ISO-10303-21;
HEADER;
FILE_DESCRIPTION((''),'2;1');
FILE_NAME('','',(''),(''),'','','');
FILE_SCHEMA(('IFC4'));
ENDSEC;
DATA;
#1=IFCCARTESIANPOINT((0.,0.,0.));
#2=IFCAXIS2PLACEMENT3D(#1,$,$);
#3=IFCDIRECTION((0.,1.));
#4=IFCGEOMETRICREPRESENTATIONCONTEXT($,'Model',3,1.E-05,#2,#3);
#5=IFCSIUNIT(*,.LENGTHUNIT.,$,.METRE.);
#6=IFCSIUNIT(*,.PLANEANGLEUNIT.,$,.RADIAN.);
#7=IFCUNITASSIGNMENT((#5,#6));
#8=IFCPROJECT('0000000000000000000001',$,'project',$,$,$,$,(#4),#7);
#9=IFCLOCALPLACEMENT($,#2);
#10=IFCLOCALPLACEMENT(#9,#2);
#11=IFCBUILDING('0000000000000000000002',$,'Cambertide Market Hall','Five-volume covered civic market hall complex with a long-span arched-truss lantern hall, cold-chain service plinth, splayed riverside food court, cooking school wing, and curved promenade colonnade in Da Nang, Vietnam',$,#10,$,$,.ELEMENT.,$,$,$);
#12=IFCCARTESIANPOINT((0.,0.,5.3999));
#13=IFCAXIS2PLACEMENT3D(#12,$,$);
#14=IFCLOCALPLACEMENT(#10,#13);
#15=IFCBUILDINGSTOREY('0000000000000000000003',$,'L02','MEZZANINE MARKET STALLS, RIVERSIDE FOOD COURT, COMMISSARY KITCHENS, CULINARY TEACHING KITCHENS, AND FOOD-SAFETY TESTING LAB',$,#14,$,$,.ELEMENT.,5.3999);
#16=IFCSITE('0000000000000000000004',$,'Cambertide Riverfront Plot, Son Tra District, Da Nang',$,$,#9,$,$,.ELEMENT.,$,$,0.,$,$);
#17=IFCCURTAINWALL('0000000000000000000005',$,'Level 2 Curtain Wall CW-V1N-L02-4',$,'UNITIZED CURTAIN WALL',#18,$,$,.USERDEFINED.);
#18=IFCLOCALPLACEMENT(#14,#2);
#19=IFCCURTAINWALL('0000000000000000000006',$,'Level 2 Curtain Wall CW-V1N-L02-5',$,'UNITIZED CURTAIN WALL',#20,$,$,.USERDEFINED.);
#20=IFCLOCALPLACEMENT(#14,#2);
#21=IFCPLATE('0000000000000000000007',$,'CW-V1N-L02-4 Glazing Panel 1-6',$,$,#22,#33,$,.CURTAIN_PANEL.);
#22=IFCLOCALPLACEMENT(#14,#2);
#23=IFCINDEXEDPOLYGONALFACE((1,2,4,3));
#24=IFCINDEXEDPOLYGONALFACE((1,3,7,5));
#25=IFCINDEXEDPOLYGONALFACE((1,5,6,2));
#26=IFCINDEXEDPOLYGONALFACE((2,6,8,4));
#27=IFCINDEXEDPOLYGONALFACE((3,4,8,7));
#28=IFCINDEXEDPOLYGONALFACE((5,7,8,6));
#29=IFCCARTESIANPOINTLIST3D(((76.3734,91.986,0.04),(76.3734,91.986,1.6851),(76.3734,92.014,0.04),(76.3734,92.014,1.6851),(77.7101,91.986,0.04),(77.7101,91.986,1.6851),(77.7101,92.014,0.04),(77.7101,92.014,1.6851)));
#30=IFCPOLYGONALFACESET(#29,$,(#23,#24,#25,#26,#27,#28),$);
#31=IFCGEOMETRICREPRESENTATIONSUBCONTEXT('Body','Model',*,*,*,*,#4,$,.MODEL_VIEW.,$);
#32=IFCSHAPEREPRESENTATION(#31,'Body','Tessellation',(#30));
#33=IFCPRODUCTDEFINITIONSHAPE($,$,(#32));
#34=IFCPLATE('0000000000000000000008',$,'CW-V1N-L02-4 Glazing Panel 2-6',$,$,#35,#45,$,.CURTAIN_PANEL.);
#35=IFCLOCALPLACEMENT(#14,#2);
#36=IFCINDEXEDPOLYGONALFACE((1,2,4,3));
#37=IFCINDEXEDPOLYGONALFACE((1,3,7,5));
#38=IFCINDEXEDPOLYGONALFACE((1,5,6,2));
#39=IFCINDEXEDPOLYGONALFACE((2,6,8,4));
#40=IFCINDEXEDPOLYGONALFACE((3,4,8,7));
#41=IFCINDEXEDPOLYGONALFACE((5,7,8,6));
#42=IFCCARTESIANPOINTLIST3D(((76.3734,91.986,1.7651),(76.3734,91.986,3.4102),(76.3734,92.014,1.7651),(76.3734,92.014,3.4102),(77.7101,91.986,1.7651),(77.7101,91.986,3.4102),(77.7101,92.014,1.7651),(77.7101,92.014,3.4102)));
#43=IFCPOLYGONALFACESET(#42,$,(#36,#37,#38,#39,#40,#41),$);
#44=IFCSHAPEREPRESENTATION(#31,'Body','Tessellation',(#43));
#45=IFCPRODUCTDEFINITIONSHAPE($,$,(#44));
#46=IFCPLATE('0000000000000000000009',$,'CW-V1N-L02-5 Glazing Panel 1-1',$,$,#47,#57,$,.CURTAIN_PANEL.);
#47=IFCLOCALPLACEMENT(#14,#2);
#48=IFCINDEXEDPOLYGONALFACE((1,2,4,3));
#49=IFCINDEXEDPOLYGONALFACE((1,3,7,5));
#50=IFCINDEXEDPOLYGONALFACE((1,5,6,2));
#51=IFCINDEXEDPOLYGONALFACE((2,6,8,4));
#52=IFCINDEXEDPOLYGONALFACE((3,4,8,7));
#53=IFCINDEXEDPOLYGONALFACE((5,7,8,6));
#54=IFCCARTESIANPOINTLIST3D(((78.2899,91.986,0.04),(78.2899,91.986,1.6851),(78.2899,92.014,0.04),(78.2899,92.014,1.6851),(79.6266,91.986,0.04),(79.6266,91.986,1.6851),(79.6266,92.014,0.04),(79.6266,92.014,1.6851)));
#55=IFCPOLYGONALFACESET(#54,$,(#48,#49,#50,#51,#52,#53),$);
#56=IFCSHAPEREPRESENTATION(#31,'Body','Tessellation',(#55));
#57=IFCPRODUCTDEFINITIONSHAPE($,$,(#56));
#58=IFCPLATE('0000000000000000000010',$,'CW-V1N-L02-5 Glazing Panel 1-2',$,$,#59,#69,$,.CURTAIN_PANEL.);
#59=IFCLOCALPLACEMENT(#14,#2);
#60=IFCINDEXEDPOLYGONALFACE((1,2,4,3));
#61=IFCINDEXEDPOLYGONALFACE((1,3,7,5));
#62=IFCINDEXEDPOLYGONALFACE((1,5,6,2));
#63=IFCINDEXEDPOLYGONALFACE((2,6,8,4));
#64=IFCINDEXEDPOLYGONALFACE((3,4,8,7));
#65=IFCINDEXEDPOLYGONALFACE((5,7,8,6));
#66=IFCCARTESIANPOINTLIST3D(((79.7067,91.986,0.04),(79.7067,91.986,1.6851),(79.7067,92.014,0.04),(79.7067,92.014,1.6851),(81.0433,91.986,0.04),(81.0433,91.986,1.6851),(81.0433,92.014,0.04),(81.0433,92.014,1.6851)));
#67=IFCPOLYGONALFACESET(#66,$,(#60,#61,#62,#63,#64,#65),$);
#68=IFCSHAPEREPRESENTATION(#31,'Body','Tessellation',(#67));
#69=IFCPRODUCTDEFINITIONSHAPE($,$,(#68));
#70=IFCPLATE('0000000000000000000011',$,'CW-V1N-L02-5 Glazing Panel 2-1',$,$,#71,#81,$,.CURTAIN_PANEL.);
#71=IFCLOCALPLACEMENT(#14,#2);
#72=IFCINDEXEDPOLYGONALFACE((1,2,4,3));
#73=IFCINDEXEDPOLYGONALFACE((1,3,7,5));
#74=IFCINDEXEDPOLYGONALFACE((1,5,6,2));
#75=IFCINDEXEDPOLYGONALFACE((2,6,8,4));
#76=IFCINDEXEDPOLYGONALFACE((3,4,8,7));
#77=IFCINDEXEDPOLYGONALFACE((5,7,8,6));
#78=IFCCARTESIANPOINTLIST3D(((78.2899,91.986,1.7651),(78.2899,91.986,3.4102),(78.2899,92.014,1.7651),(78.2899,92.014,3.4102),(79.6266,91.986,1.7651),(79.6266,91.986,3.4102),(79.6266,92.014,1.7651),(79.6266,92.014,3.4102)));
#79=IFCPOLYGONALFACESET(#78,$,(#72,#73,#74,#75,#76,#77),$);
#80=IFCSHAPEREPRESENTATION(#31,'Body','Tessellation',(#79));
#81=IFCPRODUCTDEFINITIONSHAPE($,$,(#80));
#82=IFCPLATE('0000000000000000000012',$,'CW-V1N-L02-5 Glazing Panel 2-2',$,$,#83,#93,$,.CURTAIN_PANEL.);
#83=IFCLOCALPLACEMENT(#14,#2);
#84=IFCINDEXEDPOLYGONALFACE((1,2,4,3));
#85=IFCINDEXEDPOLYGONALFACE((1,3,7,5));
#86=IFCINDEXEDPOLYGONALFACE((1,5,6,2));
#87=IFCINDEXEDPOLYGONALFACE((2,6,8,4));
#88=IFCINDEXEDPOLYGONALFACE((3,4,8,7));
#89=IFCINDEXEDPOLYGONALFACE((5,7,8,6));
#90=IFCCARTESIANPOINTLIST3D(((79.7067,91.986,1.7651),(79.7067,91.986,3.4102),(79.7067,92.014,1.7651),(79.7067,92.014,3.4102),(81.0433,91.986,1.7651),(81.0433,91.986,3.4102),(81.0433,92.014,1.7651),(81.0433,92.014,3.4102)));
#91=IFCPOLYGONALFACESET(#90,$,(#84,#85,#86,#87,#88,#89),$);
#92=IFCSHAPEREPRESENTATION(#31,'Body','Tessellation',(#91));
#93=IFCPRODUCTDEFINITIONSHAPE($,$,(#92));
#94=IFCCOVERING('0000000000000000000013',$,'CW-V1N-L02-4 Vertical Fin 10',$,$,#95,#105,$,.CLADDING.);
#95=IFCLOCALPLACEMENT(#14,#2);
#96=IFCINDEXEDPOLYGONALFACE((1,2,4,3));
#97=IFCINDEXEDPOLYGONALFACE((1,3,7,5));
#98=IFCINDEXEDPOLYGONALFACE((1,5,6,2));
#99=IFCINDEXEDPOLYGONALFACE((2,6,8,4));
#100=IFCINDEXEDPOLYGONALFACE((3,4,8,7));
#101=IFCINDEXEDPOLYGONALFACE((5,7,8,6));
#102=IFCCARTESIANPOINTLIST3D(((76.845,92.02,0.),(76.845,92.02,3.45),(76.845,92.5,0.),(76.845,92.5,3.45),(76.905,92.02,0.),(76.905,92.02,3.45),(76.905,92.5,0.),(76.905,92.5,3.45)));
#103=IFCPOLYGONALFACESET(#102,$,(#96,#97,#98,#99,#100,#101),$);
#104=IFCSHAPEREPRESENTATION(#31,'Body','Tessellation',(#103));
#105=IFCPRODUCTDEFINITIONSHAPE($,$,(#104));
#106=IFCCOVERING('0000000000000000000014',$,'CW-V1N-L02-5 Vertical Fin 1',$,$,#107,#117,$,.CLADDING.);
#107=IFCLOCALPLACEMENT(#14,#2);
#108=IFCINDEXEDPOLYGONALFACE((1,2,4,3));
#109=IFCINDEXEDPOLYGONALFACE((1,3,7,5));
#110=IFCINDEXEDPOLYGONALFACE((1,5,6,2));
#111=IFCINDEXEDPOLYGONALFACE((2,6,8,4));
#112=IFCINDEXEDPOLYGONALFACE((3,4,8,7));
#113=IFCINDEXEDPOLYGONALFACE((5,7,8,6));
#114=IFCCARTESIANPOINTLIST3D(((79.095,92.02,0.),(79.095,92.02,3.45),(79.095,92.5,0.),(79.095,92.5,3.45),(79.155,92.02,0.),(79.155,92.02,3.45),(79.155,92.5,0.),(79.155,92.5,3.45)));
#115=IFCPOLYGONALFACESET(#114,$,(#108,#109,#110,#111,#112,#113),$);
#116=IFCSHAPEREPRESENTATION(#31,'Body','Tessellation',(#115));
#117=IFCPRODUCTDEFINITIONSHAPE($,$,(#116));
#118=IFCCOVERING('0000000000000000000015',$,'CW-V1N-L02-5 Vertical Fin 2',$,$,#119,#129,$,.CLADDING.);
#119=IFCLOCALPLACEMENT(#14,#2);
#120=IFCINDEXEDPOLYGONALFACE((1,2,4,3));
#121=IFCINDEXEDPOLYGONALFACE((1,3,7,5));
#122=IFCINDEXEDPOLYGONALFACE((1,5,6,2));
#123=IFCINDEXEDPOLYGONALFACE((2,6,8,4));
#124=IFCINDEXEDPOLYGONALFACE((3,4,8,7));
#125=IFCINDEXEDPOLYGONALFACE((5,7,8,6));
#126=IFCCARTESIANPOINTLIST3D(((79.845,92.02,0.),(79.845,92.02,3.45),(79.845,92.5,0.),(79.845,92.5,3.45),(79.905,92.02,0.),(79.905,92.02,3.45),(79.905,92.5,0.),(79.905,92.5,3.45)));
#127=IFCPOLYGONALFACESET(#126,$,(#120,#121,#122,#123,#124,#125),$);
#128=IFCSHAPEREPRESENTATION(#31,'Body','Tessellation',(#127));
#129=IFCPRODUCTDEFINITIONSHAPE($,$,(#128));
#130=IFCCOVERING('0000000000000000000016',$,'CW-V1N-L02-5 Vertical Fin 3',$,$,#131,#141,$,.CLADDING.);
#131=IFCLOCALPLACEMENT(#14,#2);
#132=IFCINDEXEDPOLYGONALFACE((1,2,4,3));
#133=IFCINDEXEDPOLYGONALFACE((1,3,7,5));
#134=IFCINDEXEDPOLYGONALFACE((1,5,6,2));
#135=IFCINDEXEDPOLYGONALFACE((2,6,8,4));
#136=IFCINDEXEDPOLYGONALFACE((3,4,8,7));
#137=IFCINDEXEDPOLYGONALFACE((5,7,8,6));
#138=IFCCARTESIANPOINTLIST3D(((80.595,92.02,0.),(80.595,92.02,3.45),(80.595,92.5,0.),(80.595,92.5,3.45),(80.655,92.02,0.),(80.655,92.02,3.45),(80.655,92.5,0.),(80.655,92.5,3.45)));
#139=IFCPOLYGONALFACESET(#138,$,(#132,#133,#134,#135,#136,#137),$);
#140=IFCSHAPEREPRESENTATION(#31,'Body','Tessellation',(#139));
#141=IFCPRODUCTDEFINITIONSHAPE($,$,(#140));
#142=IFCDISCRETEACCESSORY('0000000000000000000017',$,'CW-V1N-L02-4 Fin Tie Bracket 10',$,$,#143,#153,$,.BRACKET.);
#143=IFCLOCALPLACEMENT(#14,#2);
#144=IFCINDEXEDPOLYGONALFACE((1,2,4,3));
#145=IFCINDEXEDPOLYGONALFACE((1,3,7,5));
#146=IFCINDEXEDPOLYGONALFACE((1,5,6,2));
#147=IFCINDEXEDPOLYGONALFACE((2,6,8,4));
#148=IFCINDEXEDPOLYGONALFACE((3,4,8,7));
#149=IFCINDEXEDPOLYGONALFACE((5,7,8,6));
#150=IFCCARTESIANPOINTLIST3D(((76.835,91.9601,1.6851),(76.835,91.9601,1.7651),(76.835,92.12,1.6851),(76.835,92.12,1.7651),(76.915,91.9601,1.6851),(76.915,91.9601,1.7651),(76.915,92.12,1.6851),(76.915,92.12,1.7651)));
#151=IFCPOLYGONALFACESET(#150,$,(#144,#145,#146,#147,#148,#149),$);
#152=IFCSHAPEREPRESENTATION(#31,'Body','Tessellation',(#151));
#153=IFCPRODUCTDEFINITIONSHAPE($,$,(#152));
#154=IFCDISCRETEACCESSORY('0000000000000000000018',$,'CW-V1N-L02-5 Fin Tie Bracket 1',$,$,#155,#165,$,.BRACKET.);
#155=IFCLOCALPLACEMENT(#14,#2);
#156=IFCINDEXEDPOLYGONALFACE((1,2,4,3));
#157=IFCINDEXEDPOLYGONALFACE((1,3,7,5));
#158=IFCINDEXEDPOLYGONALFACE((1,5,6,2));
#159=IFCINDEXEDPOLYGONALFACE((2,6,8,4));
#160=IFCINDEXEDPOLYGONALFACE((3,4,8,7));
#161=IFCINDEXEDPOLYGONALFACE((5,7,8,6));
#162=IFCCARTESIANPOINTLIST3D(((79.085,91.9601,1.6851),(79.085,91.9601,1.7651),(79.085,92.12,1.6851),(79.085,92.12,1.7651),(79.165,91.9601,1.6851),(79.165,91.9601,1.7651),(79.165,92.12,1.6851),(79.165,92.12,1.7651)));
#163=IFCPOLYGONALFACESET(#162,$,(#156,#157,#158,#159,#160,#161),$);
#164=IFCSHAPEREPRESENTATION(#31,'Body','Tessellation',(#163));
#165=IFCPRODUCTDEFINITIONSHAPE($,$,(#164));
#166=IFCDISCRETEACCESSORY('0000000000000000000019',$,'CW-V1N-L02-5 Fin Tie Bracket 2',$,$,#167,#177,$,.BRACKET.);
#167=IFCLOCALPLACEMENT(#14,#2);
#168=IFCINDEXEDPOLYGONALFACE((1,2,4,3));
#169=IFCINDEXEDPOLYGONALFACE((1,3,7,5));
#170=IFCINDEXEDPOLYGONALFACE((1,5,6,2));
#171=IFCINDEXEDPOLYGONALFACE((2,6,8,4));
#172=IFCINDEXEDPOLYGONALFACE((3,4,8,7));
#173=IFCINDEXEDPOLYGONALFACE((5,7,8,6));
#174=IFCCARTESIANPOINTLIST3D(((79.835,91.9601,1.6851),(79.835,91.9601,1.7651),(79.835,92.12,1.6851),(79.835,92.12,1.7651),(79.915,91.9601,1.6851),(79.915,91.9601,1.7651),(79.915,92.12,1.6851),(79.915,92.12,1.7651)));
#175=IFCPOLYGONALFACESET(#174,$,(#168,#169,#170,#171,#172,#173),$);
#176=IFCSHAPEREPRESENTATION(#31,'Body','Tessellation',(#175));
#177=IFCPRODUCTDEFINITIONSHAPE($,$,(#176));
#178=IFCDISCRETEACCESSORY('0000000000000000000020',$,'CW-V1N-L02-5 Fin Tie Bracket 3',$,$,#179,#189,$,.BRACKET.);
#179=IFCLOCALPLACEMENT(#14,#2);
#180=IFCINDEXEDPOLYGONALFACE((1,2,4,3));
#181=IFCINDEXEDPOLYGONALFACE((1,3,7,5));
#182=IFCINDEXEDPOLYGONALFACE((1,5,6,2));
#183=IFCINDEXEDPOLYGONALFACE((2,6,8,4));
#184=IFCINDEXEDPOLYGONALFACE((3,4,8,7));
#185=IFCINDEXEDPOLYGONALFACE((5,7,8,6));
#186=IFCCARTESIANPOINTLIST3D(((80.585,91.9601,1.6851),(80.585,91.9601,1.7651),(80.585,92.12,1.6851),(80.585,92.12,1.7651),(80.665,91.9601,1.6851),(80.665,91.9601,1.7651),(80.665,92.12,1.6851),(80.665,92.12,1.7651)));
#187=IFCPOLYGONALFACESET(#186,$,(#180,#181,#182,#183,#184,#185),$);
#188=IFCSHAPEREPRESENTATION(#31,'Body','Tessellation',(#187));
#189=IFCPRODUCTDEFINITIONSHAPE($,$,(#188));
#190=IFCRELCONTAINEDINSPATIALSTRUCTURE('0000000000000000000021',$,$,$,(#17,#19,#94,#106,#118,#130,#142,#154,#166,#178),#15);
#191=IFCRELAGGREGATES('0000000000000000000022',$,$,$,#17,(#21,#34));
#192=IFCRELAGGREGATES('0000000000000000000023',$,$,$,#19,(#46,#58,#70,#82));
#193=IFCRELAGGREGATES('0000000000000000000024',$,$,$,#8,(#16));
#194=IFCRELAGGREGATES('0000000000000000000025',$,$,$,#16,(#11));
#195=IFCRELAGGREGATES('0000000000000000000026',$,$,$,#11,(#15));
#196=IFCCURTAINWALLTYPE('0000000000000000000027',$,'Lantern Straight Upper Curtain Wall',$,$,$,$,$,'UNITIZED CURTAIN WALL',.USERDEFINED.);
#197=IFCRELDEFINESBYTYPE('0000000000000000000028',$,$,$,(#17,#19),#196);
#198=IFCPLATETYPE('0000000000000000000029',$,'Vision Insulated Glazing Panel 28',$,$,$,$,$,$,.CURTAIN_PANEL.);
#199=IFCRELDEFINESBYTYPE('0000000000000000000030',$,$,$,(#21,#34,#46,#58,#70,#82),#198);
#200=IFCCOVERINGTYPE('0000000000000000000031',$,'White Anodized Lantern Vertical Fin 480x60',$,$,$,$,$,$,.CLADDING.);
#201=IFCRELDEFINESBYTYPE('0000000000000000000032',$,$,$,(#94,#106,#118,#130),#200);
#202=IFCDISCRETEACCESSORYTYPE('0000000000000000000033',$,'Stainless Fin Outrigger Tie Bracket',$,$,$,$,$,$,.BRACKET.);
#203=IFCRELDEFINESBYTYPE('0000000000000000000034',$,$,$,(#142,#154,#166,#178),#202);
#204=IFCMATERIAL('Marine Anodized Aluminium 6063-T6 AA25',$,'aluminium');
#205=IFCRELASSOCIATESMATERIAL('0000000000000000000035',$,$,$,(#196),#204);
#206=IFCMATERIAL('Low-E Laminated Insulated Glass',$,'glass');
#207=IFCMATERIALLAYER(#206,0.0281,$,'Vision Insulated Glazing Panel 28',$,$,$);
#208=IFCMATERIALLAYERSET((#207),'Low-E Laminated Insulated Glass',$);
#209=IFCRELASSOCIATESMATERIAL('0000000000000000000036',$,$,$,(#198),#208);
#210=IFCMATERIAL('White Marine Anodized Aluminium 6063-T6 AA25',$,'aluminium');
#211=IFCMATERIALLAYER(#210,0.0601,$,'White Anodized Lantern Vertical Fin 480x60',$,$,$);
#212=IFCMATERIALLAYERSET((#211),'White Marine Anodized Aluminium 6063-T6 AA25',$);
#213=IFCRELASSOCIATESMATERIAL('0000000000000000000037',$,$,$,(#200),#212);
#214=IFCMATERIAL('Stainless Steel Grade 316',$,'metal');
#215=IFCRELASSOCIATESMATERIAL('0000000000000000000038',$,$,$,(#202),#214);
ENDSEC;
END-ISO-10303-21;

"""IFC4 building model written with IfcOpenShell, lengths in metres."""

from ifc_helpers import new_model, si_unit, direction, frame, origin, origin_2d, place, context, subcontext, project, spatial, rectangle, extrude, material, layer, layer_set, type_object, element, aggregate, save


model = new_model("IFC4")

# Units and contexts
model_context = context("Model", 3, precision=1e-05, world=origin(), true_north=direction((0.0, 1.0)))
body_context = subcontext(model_context, "Body", "Model", "MODEL_VIEW")
ifc_project = project(units=[si_unit("LENGTHUNIT", "METRE"), si_unit("PLANEANGLEUNIT", "RADIAN")], contexts=[model_context])

# Site, building, storey
site_placement = place(None, origin())
site = spatial("IfcSite", under=ifc_project, at=site_placement, Name="Cambertide Riverfront Plot, Son Tra District, Da Nang", CompositionType="ELEMENT", RefElevation=0.0)
building_placement = place(site_placement, origin())
building = spatial("IfcBuilding", under=site, at=building_placement, Name="Cambertide Market Hall", Description="Five-volume covered civic market hall complex with a long-span arched-truss lantern hall, cold-chain service plinth, splayed riverside food court, cooking school wing, and curved promenade colonnade in Da Nang, Vietnam", CompositionType="ELEMENT")
storey_placement = place(building_placement, frame((0.0, 0.0, 5.3999)))
storey = spatial("IfcBuildingStorey", under=building, at=storey_placement, Name="L02", Description="MEZZANINE MARKET STALLS, RIVERSIDE FOOD COURT, COMMISSARY KITCHENS, CULINARY TEACHING KITCHENS, AND FOOD-SAFETY TESTING LAB", CompositionType="ELEMENT", Elevation=5.3999)

# Curtain walls
ifc_material_1 = material(Name="Marine Anodized Aluminium 6063-T6 AA25", Category="aluminium")
curtain_wall_type = type_object("IfcCurtainWallType", Name="Lantern Straight Upper Curtain Wall", ElementType="UNITIZED CURTAIN WALL", PredefinedType="USERDEFINED", material=ifc_material_1)
curtain_wall_1_placement = place(storey_placement, origin())
curtain_wall_1 = element("IfcCurtainWall", 1, at=curtain_wall_1_placement, inside=storey, type_object=curtain_wall_type, Name="Level 2 Curtain Wall CW-V1N-L02-4", ObjectType="UNITIZED CURTAIN WALL", PredefinedType="USERDEFINED")
curtain_wall_2_placement = place(storey_placement, origin())
curtain_wall_2 = element("IfcCurtainWall", 2, at=curtain_wall_2_placement, inside=storey, type_object=curtain_wall_type, Name="Level 2 Curtain Wall CW-V1N-L02-5", ObjectType="UNITIZED CURTAIN WALL", PredefinedType="USERDEFINED")

# Plates
ifc_material_2 = material(Name="Low-E Laminated Insulated Glass", Category="glass")
ifc_layer_1 = layer(ifc_material_2, 0.0281, Name="Vision Insulated Glazing Panel 28")
ifc_layer_set_1 = layer_set([ifc_layer_1], Name="Low-E Laminated Insulated Glass")
plate_type = type_object("IfcPlateType", Name="Vision Insulated Glazing Panel 28", PredefinedType="CURTAIN_PANEL", material=ifc_layer_set_1)
plate_1_placement = place(storey_placement, frame((77.0417, 92.0, 0.04), z_axis=(0.0, 0.0, 1.0), x_axis=(1.0, 0.0, 0.0)))
plate_1 = element("IfcPlate", 3, at=plate_1_placement, type_object=plate_type, Name="CW-V1N-L02-4 Glazing Panel 1-6", PredefinedType="CURTAIN_PANEL", context=body_context, shape_type="SweptSolid", body=[
    extrude(rectangle(XDim=1.3367, YDim=0.0281, at=origin_2d()), origin(), (0.0, 0.0, 1.0), 1.645),
])
plate_2_placement = place(storey_placement, frame((77.0417, 92.0, 1.7651), z_axis=(0.0, 0.0, 1.0), x_axis=(1.0, 0.0, 0.0)))
plate_2 = element("IfcPlate", 4, at=plate_2_placement, type_object=plate_type, Name="CW-V1N-L02-4 Glazing Panel 2-6", PredefinedType="CURTAIN_PANEL", context=body_context, shape_type="SweptSolid", body=[
    extrude(rectangle(XDim=1.3367, YDim=0.0281, at=origin_2d()), origin(), (0.0, 0.0, 1.0), 1.645),
])
aggregate(curtain_wall_1, [plate_1, plate_2])
plate_3_placement = place(storey_placement, frame((78.9583, 92.0, 0.04), z_axis=(0.0, 0.0, 1.0), x_axis=(1.0, 0.0, 0.0)))
plate_3 = element("IfcPlate", 5, at=plate_3_placement, type_object=plate_type, Name="CW-V1N-L02-5 Glazing Panel 1-1", PredefinedType="CURTAIN_PANEL", context=body_context, shape_type="SweptSolid", body=[
    extrude(rectangle(XDim=1.3367, YDim=0.0281, at=origin_2d()), origin(), (0.0, 0.0, 1.0), 1.645),
])
plate_4_placement = place(storey_placement, frame((80.375, 92.0, 0.04), z_axis=(0.0, 0.0, 1.0), x_axis=(1.0, 0.0, 0.0)))
plate_4 = element("IfcPlate", 6, at=plate_4_placement, type_object=plate_type, Name="CW-V1N-L02-5 Glazing Panel 1-2", PredefinedType="CURTAIN_PANEL", context=body_context, shape_type="SweptSolid", body=[
    extrude(rectangle(XDim=1.3367, YDim=0.0281, at=origin_2d()), origin(), (0.0, 0.0, 1.0), 1.645),
])
plate_5_placement = place(storey_placement, frame((78.9583, 92.0, 1.7651), z_axis=(0.0, 0.0, 1.0), x_axis=(1.0, 0.0, 0.0)))
plate_5 = element("IfcPlate", 7, at=plate_5_placement, type_object=plate_type, Name="CW-V1N-L02-5 Glazing Panel 2-1", PredefinedType="CURTAIN_PANEL", context=body_context, shape_type="SweptSolid", body=[
    extrude(rectangle(XDim=1.3367, YDim=0.0281, at=origin_2d()), origin(), (0.0, 0.0, 1.0), 1.645),
])
plate_6_placement = place(storey_placement, frame((80.375, 92.0, 1.7651), z_axis=(0.0, 0.0, 1.0), x_axis=(1.0, 0.0, 0.0)))
plate_6 = element("IfcPlate", 8, at=plate_6_placement, type_object=plate_type, Name="CW-V1N-L02-5 Glazing Panel 2-2", PredefinedType="CURTAIN_PANEL", context=body_context, shape_type="SweptSolid", body=[
    extrude(rectangle(XDim=1.3367, YDim=0.0281, at=origin_2d()), origin(), (0.0, 0.0, 1.0), 1.645),
])
aggregate(curtain_wall_2, [plate_3, plate_4, plate_5, plate_6])

# Coverings
ifc_material_3 = material(Name="White Marine Anodized Aluminium 6063-T6 AA25", Category="aluminium")
ifc_layer_2 = layer(ifc_material_3, 0.0601, Name="White Anodized Lantern Vertical Fin 480x60")
ifc_layer_set_2 = layer_set([ifc_layer_2], Name="White Marine Anodized Aluminium 6063-T6 AA25")
covering_type = type_object("IfcCoveringType", Name="White Anodized Lantern Vertical Fin 480x60", PredefinedType="CLADDING", material=ifc_layer_set_2)
for number, where, z_axis, x_axis, name in (
    (9, (76.875, 92.26, 0.0), (0.0, 0.0, 1.0), (1.0, 0.0, 0.0), "CW-V1N-L02-4 Vertical Fin 10"),
    (10, (79.125, 92.26, 0.0), (0.0, 0.0, 1.0), (1.0, 0.0, 0.0), "CW-V1N-L02-5 Vertical Fin 1"),
    (11, (79.875, 92.26, 0.0), (0.0, 0.0, 1.0), (1.0, 0.0, 0.0), "CW-V1N-L02-5 Vertical Fin 2"),
    (12, (80.625, 92.26, 0.0), (0.0, 0.0, 1.0), (1.0, 0.0, 0.0), "CW-V1N-L02-5 Vertical Fin 3"),
):
    element("IfcCovering", number, at=place(storey_placement, frame(where, z_axis=z_axis, x_axis=x_axis)), inside=storey, type_object=covering_type, Name=name, PredefinedType="CLADDING", context=body_context, shape_type="SweptSolid", body=[
        extrude(rectangle(XDim=0.0601, YDim=0.48, at=origin_2d()), origin(), (0.0, 0.0, 1.0), 3.45),
    ])

# Discrete accessories
ifc_material_4 = material(Name="Stainless Steel Grade 316", Category="metal")
discrete_accessory_type = type_object("IfcDiscreteAccessoryType", Name="Stainless Fin Outrigger Tie Bracket", PredefinedType="BRACKET", material=ifc_material_4)
for number, where, z_axis, x_axis, name in (
    (13, (76.875, 92.04, 1.6851), (0.0, 0.0, 1.0), (1.0, 0.0, 0.0), "CW-V1N-L02-4 Fin Tie Bracket 10"),
    (14, (79.125, 92.04, 1.6851), (0.0, 0.0, 1.0), (1.0, 0.0, 0.0), "CW-V1N-L02-5 Fin Tie Bracket 1"),
    (15, (79.875, 92.04, 1.6851), (0.0, 0.0, 1.0), (1.0, 0.0, 0.0), "CW-V1N-L02-5 Fin Tie Bracket 2"),
    (16, (80.625, 92.04, 1.6851), (0.0, 0.0, 1.0), (1.0, 0.0, 0.0), "CW-V1N-L02-5 Fin Tie Bracket 3"),
):
    element("IfcDiscreteAccessory", number, at=place(storey_placement, frame(where, z_axis=z_axis, x_axis=x_axis)), inside=storey, type_object=discrete_accessory_type, Name=name, PredefinedType="BRACKET", context=body_context, shape_type="SweptSolid", body=[
        extrude(rectangle(XDim=0.0801, YDim=0.1599, at=origin_2d()), origin(), (0.0, 0.0, 1.0), 0.0801),
    ])

save(model, "model.ifc")
